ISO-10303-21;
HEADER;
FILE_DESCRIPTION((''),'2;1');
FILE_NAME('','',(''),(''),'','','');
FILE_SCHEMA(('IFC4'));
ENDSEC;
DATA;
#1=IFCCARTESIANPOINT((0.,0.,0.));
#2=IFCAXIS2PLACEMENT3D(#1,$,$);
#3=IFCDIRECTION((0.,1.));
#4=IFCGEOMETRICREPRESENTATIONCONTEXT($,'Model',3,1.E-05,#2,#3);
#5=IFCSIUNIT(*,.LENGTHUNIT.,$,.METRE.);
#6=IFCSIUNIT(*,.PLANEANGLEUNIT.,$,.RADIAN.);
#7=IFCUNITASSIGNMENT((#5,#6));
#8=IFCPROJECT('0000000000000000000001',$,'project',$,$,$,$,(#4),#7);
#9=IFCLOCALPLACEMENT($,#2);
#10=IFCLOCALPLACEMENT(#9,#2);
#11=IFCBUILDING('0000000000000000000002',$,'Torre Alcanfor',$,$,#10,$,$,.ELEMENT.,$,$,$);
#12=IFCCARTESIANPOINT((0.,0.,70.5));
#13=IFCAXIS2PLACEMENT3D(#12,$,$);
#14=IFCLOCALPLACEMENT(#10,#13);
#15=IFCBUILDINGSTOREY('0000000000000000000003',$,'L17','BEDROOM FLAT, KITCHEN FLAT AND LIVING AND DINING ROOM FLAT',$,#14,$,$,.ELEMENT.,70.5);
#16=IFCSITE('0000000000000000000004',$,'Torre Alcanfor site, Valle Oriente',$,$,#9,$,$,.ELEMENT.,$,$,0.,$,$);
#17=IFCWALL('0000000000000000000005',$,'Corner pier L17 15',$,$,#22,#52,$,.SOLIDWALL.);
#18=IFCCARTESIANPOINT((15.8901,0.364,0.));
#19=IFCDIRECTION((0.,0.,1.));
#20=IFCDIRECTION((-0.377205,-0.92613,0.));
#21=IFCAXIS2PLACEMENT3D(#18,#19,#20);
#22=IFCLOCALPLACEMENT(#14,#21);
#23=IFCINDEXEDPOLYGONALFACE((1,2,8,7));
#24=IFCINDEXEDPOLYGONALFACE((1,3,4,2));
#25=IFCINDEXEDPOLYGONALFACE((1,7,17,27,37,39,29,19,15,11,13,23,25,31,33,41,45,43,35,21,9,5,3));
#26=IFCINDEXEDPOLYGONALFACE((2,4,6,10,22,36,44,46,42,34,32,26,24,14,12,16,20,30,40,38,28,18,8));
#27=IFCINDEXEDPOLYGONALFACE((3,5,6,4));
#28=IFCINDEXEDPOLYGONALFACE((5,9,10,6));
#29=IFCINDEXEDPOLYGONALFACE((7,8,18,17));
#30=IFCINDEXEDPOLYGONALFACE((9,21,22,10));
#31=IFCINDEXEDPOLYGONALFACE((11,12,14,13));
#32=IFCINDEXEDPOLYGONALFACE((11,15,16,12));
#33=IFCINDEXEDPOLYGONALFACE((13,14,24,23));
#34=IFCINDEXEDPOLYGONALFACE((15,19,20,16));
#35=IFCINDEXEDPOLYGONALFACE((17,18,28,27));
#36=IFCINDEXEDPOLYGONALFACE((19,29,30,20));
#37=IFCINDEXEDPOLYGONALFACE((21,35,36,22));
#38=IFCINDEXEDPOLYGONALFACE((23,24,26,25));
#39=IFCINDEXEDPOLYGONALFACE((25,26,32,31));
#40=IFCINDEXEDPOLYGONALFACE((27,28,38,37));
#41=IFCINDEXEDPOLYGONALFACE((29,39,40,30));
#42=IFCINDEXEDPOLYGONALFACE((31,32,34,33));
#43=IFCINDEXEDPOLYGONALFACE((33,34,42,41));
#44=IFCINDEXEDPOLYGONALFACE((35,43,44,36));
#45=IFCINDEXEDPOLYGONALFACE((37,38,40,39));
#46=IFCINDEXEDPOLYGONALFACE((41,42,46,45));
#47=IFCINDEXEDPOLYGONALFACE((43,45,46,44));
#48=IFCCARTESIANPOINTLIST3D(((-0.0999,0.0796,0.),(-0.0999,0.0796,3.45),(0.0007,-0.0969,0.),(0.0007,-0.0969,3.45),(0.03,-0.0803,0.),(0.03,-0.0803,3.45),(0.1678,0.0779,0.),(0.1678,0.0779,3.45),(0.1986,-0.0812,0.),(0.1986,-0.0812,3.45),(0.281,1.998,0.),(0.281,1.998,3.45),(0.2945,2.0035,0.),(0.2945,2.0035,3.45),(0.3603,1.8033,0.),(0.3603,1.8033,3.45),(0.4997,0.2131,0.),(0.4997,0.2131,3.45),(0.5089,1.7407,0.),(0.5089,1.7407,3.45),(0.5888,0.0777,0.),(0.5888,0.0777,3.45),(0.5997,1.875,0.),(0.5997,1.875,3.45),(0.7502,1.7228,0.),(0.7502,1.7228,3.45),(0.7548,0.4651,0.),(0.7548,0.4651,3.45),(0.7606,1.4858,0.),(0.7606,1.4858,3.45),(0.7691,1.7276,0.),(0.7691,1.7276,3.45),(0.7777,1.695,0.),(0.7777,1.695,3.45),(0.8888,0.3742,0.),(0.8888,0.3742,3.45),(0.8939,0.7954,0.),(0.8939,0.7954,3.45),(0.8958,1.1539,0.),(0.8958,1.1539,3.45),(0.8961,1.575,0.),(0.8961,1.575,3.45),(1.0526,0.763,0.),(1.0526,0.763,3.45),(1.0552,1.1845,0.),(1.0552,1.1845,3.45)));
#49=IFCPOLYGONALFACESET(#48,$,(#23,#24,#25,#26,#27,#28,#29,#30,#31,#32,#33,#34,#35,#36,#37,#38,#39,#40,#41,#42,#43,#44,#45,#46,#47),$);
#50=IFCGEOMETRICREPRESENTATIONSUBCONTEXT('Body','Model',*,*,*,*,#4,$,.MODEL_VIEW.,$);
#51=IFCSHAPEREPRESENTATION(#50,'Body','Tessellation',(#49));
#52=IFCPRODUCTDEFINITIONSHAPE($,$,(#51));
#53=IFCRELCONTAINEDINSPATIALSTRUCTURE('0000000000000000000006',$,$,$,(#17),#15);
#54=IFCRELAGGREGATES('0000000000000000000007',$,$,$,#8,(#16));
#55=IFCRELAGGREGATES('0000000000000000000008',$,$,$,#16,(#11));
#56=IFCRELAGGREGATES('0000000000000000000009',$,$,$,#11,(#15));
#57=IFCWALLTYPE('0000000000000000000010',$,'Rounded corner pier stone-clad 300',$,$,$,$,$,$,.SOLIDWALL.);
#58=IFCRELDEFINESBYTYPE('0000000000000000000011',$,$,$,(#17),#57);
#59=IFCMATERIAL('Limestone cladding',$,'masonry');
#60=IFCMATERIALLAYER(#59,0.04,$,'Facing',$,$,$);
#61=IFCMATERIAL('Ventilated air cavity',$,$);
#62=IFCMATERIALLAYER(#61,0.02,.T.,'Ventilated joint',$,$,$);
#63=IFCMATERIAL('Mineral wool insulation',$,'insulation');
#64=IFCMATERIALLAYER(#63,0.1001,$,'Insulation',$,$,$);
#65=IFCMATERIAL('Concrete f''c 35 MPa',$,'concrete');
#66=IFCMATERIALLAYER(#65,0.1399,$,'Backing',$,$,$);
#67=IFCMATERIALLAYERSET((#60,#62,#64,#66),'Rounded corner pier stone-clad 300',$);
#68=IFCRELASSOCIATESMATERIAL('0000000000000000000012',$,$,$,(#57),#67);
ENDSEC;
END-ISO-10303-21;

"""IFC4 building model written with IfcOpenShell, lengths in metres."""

from ifc_helpers import new_model, si_unit, direction, frame, origin, place, context, subcontext, project, spatial, polyline, outline, extrude, material, layer, layer_set, type_object, element, save


model = new_model("IFC4")

# Units and contexts
model_context = context("Model", 3, precision=1e-05, world=origin(), true_north=direction((0.0, 1.0)))
body_context = subcontext(model_context, "Body", "Model", "MODEL_VIEW")
ifc_project = project(units=[si_unit("LENGTHUNIT", "METRE"), si_unit("PLANEANGLEUNIT", "RADIAN")], contexts=[model_context])

# Site, building, storey
site_placement = place(None, origin())
site = spatial("IfcSite", under=ifc_project, at=site_placement, Name="Torre Alcanfor site, Valle Oriente", CompositionType="ELEMENT", RefElevation=0.0)
building_placement = place(site_placement, origin())
building = spatial("IfcBuilding", under=site, at=building_placement, Name="Torre Alcanfor", CompositionType="ELEMENT")
storey_placement = place(building_placement, frame((0.0, 0.0, 70.5)))
storey = spatial("IfcBuildingStorey", under=building, at=storey_placement, Name="L17", Description="BEDROOM FLAT, KITCHEN FLAT AND LIVING AND DINING ROOM FLAT", CompositionType="ELEMENT", Elevation=70.5)

# Shared definitions
ifc_material_1 = material(Name="Limestone cladding", Category="masonry")
ifc_material_2 = material(Name="Ventilated air cavity")
ifc_material_3 = material(Name="Mineral wool insulation", Category="insulation")
ifc_material_4 = material(Name="Concrete f'c 35 MPa", Category="concrete")

# Wall
ifc_layer_1 = layer(ifc_material_1, 0.04, Name="Facing")
ifc_layer_2 = layer(ifc_material_2, 0.02, ventilated=True, Name="Ventilated joint")
ifc_layer_3 = layer(ifc_material_3, 0.1001, Name="Insulation")
ifc_layer_4 = layer(ifc_material_4, 0.1399, Name="Backing")
ifc_layer_set_1 = layer_set([ifc_layer_1, ifc_layer_2, ifc_layer_3, ifc_layer_4], Name="Rounded corner pier stone-clad 300")
wall_type_1 = type_object("IfcWallType", Name="Rounded corner pier stone-clad 300", PredefinedType="SOLIDWALL", material=ifc_layer_set_1)
wall_1_placement = place(storey_placement, frame((15.8901, 0.364, 0.0), z_axis=(0.0, 0.0, 1.0), x_axis=(-0.377205, -0.92613, 0.0)))
element("IfcWall", 1, at=wall_1_placement, inside=storey, type_object=wall_type_1, Name="Corner pier L17 15", PredefinedType="SOLIDWALL", context=body_context, shape_type="SweptSolid", body=[
    extrude(outline(polyline([(0.3603, 1.8033), (0.5089, 1.7407), (0.7606, 1.4858), (0.8958, 1.1539), (0.8939, 0.7954), (0.7548, 0.4651), (0.4997, 0.2131), (0.1678, 0.0779), (-0.0999, 0.0796), (0.0007, -0.0969), (0.03, -0.0803), (0.1986, -0.0812), (0.5888, 0.0777), (0.8888, 0.3742), (1.0526, 0.763), (1.0552, 1.1845), (0.8961, 1.575), (0.7777, 1.695), (0.7691, 1.7276), (0.7502, 1.7228), (0.5997, 1.875), (0.2945, 2.0035), (0.281, 1.998), (0.3603, 1.8033)])), origin(), (0.0, 0.0, 1.0), 3.45),
])

save(model, "model.ifc")
